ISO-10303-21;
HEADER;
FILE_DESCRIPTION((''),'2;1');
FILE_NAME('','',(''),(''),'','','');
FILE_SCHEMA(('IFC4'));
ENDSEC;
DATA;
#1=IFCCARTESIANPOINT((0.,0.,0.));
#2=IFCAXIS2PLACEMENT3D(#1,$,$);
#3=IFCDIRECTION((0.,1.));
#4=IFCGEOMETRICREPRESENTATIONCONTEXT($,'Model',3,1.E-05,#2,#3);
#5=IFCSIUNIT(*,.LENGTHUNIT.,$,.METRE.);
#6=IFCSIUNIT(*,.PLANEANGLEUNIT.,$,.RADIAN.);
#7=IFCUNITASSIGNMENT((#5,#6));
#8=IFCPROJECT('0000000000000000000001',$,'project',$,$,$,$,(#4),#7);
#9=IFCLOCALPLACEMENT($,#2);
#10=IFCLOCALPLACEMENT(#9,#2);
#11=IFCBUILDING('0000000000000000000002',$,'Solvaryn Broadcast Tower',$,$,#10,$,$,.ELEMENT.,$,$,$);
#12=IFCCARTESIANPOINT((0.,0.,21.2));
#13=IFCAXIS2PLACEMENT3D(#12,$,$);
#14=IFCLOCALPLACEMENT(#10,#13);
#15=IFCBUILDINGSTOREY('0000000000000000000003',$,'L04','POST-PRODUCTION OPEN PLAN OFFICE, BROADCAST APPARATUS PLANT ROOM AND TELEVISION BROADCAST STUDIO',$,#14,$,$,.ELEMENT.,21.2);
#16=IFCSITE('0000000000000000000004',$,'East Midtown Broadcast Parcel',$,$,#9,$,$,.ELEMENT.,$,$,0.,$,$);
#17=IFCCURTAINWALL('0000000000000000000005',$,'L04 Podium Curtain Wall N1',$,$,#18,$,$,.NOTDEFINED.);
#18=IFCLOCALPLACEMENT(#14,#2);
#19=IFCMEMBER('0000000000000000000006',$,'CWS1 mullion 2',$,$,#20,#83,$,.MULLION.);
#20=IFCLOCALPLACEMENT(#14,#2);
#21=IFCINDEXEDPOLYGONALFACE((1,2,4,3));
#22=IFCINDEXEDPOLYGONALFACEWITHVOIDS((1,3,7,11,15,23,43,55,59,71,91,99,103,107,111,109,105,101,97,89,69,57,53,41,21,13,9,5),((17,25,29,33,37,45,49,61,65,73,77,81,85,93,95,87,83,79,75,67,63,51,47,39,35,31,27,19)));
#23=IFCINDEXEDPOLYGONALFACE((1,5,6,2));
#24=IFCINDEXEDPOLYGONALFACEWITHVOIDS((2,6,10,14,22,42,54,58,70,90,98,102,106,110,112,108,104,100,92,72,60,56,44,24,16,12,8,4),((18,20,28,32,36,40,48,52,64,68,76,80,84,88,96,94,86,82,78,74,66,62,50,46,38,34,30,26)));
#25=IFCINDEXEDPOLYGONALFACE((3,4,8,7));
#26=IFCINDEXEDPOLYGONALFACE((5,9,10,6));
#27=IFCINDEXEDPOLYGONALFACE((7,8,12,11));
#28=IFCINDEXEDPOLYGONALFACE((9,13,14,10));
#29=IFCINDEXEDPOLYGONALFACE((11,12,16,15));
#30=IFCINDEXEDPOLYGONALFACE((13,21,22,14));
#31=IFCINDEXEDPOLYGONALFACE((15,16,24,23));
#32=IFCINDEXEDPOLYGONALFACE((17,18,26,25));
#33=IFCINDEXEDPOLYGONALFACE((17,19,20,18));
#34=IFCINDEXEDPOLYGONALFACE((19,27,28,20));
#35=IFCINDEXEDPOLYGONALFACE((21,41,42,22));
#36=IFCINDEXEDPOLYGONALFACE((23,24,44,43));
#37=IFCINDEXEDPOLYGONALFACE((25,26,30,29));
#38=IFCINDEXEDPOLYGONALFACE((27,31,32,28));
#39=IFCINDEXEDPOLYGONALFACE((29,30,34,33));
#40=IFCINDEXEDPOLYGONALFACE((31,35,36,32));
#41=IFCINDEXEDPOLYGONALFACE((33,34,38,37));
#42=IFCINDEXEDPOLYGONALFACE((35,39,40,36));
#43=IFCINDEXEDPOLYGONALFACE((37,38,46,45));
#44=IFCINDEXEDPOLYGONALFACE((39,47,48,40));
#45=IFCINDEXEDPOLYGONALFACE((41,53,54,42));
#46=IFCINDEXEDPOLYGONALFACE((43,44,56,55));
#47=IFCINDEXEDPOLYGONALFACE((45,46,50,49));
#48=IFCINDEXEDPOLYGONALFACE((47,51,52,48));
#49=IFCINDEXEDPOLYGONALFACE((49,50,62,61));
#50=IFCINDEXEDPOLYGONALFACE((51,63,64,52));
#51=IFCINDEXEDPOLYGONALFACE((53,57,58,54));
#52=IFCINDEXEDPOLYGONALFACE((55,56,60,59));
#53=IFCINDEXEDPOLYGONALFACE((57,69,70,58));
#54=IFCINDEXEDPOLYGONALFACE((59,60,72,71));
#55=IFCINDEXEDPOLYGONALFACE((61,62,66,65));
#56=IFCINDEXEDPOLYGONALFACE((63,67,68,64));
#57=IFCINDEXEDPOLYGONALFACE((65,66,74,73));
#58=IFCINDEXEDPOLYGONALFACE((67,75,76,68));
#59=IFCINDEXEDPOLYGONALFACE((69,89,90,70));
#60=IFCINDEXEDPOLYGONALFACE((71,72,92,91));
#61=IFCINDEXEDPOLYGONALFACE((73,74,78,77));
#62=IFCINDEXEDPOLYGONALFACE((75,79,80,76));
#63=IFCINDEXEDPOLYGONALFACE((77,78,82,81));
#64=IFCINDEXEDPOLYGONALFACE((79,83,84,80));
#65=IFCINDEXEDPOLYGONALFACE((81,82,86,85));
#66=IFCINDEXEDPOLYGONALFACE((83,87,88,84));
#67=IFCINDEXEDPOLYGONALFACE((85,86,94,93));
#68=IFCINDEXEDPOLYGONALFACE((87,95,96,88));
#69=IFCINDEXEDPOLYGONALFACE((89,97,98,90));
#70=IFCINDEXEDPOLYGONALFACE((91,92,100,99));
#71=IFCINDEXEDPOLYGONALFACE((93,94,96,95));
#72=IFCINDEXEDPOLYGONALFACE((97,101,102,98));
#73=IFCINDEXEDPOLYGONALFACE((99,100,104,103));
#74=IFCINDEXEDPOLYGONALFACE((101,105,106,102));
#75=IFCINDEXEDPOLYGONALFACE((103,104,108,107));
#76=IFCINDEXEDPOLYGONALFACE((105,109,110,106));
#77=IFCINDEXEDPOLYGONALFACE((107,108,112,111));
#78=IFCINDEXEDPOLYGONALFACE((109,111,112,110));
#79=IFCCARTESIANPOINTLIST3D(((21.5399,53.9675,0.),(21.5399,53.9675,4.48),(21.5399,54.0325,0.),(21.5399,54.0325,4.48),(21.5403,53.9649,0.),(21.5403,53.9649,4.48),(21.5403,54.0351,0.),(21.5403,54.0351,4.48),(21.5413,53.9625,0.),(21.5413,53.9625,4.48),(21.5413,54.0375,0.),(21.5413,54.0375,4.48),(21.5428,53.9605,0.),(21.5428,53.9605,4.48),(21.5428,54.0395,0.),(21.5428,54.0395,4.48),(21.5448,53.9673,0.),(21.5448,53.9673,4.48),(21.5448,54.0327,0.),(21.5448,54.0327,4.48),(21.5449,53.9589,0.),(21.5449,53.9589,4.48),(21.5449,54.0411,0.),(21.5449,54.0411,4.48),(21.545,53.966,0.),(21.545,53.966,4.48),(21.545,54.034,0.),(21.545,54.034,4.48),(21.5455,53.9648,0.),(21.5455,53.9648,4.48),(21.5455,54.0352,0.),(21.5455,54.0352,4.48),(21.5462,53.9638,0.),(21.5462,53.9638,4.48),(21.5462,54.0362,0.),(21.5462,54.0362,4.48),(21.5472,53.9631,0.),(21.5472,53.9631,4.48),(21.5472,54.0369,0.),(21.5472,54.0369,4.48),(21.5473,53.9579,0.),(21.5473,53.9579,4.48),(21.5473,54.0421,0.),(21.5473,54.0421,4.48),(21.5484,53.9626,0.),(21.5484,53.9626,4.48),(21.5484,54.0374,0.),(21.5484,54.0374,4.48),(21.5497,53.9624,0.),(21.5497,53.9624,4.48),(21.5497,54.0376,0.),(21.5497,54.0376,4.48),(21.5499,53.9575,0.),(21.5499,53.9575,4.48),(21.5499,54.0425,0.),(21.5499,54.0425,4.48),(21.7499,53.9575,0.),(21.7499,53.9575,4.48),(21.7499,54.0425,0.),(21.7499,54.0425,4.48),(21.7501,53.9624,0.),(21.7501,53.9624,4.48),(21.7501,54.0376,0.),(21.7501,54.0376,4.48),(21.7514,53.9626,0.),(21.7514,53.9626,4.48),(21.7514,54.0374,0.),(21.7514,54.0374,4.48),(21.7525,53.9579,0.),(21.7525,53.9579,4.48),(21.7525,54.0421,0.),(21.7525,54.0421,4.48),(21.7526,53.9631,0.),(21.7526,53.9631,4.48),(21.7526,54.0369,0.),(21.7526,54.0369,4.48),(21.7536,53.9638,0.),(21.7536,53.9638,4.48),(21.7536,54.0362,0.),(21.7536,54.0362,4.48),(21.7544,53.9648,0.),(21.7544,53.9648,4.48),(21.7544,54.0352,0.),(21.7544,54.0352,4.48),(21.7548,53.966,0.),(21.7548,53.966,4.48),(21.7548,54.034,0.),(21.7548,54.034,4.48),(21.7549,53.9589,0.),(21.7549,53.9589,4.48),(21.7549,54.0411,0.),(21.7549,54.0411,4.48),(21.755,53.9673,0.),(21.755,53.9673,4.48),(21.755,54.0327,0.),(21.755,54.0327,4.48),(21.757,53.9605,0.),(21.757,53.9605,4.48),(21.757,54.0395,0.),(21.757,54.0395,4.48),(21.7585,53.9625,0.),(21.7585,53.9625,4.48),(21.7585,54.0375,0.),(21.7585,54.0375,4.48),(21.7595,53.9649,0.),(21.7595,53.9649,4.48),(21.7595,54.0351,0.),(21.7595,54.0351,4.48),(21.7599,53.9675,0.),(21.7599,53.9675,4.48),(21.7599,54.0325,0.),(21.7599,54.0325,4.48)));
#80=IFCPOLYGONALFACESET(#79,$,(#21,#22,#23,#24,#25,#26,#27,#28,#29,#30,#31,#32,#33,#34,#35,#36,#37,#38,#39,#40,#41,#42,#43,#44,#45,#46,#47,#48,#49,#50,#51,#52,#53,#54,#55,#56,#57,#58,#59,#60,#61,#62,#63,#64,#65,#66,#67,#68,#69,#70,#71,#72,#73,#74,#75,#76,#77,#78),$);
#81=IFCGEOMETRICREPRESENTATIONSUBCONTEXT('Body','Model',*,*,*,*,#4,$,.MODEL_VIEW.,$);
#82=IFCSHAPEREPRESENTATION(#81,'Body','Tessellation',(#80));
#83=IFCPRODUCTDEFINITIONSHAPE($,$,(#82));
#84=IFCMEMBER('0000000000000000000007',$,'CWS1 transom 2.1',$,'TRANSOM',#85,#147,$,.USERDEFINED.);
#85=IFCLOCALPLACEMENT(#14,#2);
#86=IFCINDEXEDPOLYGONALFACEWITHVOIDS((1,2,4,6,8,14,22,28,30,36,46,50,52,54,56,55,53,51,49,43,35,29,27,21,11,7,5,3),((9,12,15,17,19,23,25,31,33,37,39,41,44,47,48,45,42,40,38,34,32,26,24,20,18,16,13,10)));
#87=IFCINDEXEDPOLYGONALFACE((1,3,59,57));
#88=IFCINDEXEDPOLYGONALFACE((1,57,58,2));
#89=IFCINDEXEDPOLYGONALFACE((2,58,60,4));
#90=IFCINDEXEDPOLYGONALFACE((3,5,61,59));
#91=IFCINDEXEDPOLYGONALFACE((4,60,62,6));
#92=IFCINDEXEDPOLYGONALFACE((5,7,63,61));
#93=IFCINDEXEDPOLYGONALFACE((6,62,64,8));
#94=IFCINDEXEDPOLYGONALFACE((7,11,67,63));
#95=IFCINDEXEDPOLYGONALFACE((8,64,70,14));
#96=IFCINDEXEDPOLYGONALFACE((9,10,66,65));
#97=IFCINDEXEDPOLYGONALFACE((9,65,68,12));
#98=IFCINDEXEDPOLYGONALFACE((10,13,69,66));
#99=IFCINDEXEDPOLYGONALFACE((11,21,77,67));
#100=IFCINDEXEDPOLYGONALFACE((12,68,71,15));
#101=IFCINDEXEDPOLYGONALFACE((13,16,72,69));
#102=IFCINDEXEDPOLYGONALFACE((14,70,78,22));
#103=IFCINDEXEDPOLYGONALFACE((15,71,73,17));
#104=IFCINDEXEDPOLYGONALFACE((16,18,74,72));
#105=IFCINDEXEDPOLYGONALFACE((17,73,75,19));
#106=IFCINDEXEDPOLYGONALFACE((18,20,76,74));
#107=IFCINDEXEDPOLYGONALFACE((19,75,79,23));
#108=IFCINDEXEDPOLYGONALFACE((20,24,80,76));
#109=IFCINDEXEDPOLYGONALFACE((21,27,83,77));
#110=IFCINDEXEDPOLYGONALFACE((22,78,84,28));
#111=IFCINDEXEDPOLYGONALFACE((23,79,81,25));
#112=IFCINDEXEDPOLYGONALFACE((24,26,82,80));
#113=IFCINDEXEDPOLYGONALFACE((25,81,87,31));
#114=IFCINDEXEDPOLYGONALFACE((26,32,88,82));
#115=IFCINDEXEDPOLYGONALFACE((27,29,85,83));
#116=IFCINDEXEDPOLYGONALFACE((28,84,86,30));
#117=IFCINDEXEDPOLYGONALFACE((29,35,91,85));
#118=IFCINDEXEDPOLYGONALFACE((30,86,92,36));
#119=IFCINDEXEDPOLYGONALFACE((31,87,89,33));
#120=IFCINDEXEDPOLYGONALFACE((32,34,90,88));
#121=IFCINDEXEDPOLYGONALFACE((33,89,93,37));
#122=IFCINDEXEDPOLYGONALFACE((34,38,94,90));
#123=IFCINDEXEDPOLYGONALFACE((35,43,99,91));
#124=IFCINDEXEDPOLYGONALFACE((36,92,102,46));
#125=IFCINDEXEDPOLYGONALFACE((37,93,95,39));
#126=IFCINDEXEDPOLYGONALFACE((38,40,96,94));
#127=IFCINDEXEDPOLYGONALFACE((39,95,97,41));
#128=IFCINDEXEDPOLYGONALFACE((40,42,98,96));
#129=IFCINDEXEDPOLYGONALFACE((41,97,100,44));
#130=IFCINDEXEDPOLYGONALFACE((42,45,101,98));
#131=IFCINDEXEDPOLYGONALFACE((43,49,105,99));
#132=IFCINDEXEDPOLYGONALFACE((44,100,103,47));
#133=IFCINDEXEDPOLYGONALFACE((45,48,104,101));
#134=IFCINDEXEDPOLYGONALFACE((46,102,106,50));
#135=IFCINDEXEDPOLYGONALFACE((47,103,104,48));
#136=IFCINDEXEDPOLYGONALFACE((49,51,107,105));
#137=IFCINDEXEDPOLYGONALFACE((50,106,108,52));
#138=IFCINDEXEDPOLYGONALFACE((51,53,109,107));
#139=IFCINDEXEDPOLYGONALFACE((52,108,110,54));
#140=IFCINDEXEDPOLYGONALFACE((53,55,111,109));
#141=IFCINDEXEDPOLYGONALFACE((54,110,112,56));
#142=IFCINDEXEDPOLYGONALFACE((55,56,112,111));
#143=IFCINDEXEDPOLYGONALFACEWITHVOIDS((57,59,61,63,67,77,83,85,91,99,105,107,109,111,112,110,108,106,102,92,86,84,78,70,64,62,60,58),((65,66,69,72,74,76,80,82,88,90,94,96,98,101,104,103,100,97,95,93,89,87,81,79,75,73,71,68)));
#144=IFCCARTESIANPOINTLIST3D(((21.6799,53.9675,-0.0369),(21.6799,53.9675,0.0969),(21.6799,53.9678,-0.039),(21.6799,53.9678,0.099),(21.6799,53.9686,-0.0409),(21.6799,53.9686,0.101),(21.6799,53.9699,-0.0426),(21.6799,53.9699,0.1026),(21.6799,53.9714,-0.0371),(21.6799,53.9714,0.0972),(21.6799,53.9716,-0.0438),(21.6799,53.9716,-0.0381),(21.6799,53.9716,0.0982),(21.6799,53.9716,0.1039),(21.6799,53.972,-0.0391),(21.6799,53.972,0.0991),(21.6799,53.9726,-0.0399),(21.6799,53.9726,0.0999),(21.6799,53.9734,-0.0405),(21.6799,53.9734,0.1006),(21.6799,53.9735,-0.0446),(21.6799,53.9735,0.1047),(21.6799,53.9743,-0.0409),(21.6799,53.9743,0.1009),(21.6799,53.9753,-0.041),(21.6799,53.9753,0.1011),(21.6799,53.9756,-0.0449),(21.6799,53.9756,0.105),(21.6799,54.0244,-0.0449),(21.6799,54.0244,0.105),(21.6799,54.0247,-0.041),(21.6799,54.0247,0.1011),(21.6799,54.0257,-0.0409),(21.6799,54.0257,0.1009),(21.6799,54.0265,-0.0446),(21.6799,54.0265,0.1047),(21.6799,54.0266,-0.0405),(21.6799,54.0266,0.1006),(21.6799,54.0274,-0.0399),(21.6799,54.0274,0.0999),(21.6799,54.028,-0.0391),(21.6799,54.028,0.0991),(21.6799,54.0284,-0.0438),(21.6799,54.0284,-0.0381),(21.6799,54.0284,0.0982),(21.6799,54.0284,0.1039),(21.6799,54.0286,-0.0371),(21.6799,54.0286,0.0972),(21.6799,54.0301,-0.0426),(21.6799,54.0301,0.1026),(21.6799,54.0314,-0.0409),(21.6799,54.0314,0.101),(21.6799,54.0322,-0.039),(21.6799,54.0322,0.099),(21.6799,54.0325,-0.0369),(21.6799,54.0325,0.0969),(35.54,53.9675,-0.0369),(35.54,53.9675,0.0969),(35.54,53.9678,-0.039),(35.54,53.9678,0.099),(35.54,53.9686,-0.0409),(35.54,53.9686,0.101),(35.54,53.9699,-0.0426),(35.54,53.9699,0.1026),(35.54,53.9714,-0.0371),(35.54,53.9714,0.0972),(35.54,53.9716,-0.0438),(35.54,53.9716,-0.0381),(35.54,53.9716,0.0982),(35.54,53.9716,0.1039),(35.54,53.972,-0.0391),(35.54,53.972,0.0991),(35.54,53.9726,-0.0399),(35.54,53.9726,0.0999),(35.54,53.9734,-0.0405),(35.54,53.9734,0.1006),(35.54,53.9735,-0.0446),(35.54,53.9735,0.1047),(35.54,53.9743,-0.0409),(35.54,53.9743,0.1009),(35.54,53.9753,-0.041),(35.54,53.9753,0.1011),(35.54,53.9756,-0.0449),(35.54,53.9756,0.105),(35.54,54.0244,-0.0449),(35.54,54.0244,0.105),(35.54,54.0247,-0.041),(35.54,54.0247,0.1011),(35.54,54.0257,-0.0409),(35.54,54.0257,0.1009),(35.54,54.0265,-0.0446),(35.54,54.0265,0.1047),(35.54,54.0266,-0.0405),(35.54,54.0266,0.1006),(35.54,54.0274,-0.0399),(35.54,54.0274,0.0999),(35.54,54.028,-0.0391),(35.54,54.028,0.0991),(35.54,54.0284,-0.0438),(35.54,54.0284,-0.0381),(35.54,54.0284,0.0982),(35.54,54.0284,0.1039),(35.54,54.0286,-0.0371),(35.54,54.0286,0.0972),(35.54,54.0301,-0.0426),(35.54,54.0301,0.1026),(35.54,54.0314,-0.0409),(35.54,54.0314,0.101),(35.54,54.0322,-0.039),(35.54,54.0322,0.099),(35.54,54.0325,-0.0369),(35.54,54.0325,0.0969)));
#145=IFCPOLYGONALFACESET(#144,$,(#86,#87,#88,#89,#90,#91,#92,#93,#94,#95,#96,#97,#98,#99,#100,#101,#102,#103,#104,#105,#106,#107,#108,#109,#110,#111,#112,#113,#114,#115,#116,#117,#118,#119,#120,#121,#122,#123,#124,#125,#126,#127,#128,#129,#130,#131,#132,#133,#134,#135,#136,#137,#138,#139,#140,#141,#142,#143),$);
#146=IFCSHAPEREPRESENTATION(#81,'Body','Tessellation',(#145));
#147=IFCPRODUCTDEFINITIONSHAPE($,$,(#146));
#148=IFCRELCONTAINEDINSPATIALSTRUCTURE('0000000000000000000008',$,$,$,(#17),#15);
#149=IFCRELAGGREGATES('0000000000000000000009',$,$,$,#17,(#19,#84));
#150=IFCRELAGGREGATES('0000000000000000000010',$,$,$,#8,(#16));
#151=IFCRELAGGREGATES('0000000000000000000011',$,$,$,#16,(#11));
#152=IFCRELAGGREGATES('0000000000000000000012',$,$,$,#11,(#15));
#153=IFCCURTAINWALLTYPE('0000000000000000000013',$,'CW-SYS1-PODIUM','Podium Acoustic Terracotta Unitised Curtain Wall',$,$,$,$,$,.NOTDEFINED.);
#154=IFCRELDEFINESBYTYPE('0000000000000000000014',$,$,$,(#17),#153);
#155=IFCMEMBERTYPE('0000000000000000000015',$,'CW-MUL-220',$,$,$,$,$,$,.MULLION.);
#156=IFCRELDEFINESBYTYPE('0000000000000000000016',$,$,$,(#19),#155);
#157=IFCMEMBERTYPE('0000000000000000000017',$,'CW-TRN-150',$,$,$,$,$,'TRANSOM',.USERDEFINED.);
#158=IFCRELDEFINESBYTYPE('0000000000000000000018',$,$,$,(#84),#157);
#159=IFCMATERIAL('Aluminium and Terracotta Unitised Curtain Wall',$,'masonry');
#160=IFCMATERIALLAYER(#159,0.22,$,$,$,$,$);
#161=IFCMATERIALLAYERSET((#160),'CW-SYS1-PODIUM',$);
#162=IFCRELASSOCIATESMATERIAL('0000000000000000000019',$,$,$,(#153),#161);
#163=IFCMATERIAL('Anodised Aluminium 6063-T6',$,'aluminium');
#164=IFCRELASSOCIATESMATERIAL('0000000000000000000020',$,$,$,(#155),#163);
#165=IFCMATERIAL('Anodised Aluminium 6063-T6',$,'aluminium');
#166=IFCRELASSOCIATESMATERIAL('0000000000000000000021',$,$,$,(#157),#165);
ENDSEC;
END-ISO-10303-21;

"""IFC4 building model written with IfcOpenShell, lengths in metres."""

from ifc_helpers import new_model, si_unit, direction, frame, origin, origin_2d, place, context, subcontext, project, spatial, hollow_rectangle, extrude, material, layer, layer_set, material_profile, profile_set, type_object, element, aggregate, save


model = new_model("IFC4")

# Units and contexts
model_context = context("Model", 3, precision=1e-05, world=origin(), true_north=direction((0.0, 1.0)))
body_context = subcontext(model_context, "Body", "Model", "MODEL_VIEW")
ifc_project = project(units=[si_unit("LENGTHUNIT", "METRE"), si_unit("PLANEANGLEUNIT", "RADIAN")], contexts=[model_context])

# Site, building, storey
site_placement = place(None, origin())
site = spatial("IfcSite", under=ifc_project, at=site_placement, Name="East Midtown Broadcast Parcel", CompositionType="ELEMENT", RefElevation=0.0)
building_placement = place(site_placement, origin())
building = spatial("IfcBuilding", under=site, at=building_placement, Name="Solvaryn Broadcast Tower", CompositionType="ELEMENT")
storey_placement = place(building_placement, frame((0.0, 0.0, 21.2)))
storey = spatial("IfcBuildingStorey", under=building, at=storey_placement, Name="L04", Description="POST-PRODUCTION OPEN PLAN OFFICE, BROADCAST APPARATUS PLANT ROOM AND TELEVISION BROADCAST STUDIO", CompositionType="ELEMENT", Elevation=21.2)

# Curtain wall, members
ifc_material_1 = material(Name="Aluminium and Terracotta Unitised Curtain Wall", Category="masonry")
ifc_layer_1 = layer(ifc_material_1, 0.22)
ifc_layer_set_1 = layer_set([ifc_layer_1], Name="CW-SYS1-PODIUM")
curtain_wall_type = type_object("IfcCurtainWallType", Name="CW-SYS1-PODIUM", Description="Podium Acoustic Terracotta Unitised Curtain Wall", PredefinedType="NOTDEFINED", material=ifc_layer_set_1)
curtain_wall_placement = place(storey_placement, origin())
curtain_wall = element("IfcCurtainWall", 1, at=curtain_wall_placement, inside=storey, type_object=curtain_wall_type, Name="L04 Podium Curtain Wall N1", PredefinedType="NOTDEFINED")
ifc_material_2 = material(Name="Anodised Aluminium 6063-T6", Category="aluminium")
ifc_material_profile_1 = material_profile(ifc_material_2, hollow_rectangle(XDim=0.085, YDim=0.22, WallThickness=0.0049, InnerFilletRadius=0.0049, OuterFilletRadius=0.01, at=origin_2d()))
ifc_profile_set_1 = profile_set([ifc_material_profile_1], Name="Anodised Aluminium 6063-T6")
member_type_1 = type_object("IfcMemberType", Name="CW-MUL-220", PredefinedType="MULLION", material=ifc_profile_set_1)
member_1_placement = place(storey_placement, frame((21.6499, 54.0, 0.0), z_axis=(0.0, 0.0, 1.0), x_axis=(0.0, 1.0, 0.0)))
member_1 = element("IfcMember", 2, at=member_1_placement, type_object=member_type_1, Name="CWS1 mullion 2", PredefinedType="MULLION", context=body_context, shape_type="SweptSolid", body=[
    extrude(hollow_rectangle(XDim=0.085, YDim=0.22, WallThickness=0.0049, InnerFilletRadius=0.0049, OuterFilletRadius=0.01, at=origin_2d()), origin(), (0.0, 0.0, 1.0), 4.48),
])
ifc_material_3 = material(Name="Anodised Aluminium 6063-T6", Category="aluminium")
ifc_material_profile_2 = material_profile(ifc_material_3, hollow_rectangle(XDim=0.0649, YDim=0.1499, WallThickness=0.0039, InnerFilletRadius=0.0039, OuterFilletRadius=0.0081, at=origin_2d()))
ifc_profile_set_2 = profile_set([ifc_material_profile_2], Name="Anodised Aluminium 6063-T6")
member_type_2 = type_object("IfcMemberType", Name="CW-TRN-150", ElementType="TRANSOM", PredefinedType="USERDEFINED", material=ifc_profile_set_2)
member_2_placement = place(storey_placement, frame((21.6799, 54.0, 0.03), z_axis=(1.0, 0.0, 0.0), x_axis=(0.0, 1.0, 0.0)))
member_2 = element("IfcMember", 3, at=member_2_placement, type_object=member_type_2, Name="CWS1 transom 2.1", ObjectType="TRANSOM", PredefinedType="USERDEFINED", context=body_context, shape_type="SweptSolid", body=[
    extrude(hollow_rectangle(XDim=0.0649, YDim=0.1499, WallThickness=0.0039, InnerFilletRadius=0.0039, OuterFilletRadius=0.0081, at=origin_2d()), origin(), (0.0, 0.0, 1.0), 13.8601),
])
aggregate(curtain_wall, [member_1, member_2])

save(model, "model.ifc")
